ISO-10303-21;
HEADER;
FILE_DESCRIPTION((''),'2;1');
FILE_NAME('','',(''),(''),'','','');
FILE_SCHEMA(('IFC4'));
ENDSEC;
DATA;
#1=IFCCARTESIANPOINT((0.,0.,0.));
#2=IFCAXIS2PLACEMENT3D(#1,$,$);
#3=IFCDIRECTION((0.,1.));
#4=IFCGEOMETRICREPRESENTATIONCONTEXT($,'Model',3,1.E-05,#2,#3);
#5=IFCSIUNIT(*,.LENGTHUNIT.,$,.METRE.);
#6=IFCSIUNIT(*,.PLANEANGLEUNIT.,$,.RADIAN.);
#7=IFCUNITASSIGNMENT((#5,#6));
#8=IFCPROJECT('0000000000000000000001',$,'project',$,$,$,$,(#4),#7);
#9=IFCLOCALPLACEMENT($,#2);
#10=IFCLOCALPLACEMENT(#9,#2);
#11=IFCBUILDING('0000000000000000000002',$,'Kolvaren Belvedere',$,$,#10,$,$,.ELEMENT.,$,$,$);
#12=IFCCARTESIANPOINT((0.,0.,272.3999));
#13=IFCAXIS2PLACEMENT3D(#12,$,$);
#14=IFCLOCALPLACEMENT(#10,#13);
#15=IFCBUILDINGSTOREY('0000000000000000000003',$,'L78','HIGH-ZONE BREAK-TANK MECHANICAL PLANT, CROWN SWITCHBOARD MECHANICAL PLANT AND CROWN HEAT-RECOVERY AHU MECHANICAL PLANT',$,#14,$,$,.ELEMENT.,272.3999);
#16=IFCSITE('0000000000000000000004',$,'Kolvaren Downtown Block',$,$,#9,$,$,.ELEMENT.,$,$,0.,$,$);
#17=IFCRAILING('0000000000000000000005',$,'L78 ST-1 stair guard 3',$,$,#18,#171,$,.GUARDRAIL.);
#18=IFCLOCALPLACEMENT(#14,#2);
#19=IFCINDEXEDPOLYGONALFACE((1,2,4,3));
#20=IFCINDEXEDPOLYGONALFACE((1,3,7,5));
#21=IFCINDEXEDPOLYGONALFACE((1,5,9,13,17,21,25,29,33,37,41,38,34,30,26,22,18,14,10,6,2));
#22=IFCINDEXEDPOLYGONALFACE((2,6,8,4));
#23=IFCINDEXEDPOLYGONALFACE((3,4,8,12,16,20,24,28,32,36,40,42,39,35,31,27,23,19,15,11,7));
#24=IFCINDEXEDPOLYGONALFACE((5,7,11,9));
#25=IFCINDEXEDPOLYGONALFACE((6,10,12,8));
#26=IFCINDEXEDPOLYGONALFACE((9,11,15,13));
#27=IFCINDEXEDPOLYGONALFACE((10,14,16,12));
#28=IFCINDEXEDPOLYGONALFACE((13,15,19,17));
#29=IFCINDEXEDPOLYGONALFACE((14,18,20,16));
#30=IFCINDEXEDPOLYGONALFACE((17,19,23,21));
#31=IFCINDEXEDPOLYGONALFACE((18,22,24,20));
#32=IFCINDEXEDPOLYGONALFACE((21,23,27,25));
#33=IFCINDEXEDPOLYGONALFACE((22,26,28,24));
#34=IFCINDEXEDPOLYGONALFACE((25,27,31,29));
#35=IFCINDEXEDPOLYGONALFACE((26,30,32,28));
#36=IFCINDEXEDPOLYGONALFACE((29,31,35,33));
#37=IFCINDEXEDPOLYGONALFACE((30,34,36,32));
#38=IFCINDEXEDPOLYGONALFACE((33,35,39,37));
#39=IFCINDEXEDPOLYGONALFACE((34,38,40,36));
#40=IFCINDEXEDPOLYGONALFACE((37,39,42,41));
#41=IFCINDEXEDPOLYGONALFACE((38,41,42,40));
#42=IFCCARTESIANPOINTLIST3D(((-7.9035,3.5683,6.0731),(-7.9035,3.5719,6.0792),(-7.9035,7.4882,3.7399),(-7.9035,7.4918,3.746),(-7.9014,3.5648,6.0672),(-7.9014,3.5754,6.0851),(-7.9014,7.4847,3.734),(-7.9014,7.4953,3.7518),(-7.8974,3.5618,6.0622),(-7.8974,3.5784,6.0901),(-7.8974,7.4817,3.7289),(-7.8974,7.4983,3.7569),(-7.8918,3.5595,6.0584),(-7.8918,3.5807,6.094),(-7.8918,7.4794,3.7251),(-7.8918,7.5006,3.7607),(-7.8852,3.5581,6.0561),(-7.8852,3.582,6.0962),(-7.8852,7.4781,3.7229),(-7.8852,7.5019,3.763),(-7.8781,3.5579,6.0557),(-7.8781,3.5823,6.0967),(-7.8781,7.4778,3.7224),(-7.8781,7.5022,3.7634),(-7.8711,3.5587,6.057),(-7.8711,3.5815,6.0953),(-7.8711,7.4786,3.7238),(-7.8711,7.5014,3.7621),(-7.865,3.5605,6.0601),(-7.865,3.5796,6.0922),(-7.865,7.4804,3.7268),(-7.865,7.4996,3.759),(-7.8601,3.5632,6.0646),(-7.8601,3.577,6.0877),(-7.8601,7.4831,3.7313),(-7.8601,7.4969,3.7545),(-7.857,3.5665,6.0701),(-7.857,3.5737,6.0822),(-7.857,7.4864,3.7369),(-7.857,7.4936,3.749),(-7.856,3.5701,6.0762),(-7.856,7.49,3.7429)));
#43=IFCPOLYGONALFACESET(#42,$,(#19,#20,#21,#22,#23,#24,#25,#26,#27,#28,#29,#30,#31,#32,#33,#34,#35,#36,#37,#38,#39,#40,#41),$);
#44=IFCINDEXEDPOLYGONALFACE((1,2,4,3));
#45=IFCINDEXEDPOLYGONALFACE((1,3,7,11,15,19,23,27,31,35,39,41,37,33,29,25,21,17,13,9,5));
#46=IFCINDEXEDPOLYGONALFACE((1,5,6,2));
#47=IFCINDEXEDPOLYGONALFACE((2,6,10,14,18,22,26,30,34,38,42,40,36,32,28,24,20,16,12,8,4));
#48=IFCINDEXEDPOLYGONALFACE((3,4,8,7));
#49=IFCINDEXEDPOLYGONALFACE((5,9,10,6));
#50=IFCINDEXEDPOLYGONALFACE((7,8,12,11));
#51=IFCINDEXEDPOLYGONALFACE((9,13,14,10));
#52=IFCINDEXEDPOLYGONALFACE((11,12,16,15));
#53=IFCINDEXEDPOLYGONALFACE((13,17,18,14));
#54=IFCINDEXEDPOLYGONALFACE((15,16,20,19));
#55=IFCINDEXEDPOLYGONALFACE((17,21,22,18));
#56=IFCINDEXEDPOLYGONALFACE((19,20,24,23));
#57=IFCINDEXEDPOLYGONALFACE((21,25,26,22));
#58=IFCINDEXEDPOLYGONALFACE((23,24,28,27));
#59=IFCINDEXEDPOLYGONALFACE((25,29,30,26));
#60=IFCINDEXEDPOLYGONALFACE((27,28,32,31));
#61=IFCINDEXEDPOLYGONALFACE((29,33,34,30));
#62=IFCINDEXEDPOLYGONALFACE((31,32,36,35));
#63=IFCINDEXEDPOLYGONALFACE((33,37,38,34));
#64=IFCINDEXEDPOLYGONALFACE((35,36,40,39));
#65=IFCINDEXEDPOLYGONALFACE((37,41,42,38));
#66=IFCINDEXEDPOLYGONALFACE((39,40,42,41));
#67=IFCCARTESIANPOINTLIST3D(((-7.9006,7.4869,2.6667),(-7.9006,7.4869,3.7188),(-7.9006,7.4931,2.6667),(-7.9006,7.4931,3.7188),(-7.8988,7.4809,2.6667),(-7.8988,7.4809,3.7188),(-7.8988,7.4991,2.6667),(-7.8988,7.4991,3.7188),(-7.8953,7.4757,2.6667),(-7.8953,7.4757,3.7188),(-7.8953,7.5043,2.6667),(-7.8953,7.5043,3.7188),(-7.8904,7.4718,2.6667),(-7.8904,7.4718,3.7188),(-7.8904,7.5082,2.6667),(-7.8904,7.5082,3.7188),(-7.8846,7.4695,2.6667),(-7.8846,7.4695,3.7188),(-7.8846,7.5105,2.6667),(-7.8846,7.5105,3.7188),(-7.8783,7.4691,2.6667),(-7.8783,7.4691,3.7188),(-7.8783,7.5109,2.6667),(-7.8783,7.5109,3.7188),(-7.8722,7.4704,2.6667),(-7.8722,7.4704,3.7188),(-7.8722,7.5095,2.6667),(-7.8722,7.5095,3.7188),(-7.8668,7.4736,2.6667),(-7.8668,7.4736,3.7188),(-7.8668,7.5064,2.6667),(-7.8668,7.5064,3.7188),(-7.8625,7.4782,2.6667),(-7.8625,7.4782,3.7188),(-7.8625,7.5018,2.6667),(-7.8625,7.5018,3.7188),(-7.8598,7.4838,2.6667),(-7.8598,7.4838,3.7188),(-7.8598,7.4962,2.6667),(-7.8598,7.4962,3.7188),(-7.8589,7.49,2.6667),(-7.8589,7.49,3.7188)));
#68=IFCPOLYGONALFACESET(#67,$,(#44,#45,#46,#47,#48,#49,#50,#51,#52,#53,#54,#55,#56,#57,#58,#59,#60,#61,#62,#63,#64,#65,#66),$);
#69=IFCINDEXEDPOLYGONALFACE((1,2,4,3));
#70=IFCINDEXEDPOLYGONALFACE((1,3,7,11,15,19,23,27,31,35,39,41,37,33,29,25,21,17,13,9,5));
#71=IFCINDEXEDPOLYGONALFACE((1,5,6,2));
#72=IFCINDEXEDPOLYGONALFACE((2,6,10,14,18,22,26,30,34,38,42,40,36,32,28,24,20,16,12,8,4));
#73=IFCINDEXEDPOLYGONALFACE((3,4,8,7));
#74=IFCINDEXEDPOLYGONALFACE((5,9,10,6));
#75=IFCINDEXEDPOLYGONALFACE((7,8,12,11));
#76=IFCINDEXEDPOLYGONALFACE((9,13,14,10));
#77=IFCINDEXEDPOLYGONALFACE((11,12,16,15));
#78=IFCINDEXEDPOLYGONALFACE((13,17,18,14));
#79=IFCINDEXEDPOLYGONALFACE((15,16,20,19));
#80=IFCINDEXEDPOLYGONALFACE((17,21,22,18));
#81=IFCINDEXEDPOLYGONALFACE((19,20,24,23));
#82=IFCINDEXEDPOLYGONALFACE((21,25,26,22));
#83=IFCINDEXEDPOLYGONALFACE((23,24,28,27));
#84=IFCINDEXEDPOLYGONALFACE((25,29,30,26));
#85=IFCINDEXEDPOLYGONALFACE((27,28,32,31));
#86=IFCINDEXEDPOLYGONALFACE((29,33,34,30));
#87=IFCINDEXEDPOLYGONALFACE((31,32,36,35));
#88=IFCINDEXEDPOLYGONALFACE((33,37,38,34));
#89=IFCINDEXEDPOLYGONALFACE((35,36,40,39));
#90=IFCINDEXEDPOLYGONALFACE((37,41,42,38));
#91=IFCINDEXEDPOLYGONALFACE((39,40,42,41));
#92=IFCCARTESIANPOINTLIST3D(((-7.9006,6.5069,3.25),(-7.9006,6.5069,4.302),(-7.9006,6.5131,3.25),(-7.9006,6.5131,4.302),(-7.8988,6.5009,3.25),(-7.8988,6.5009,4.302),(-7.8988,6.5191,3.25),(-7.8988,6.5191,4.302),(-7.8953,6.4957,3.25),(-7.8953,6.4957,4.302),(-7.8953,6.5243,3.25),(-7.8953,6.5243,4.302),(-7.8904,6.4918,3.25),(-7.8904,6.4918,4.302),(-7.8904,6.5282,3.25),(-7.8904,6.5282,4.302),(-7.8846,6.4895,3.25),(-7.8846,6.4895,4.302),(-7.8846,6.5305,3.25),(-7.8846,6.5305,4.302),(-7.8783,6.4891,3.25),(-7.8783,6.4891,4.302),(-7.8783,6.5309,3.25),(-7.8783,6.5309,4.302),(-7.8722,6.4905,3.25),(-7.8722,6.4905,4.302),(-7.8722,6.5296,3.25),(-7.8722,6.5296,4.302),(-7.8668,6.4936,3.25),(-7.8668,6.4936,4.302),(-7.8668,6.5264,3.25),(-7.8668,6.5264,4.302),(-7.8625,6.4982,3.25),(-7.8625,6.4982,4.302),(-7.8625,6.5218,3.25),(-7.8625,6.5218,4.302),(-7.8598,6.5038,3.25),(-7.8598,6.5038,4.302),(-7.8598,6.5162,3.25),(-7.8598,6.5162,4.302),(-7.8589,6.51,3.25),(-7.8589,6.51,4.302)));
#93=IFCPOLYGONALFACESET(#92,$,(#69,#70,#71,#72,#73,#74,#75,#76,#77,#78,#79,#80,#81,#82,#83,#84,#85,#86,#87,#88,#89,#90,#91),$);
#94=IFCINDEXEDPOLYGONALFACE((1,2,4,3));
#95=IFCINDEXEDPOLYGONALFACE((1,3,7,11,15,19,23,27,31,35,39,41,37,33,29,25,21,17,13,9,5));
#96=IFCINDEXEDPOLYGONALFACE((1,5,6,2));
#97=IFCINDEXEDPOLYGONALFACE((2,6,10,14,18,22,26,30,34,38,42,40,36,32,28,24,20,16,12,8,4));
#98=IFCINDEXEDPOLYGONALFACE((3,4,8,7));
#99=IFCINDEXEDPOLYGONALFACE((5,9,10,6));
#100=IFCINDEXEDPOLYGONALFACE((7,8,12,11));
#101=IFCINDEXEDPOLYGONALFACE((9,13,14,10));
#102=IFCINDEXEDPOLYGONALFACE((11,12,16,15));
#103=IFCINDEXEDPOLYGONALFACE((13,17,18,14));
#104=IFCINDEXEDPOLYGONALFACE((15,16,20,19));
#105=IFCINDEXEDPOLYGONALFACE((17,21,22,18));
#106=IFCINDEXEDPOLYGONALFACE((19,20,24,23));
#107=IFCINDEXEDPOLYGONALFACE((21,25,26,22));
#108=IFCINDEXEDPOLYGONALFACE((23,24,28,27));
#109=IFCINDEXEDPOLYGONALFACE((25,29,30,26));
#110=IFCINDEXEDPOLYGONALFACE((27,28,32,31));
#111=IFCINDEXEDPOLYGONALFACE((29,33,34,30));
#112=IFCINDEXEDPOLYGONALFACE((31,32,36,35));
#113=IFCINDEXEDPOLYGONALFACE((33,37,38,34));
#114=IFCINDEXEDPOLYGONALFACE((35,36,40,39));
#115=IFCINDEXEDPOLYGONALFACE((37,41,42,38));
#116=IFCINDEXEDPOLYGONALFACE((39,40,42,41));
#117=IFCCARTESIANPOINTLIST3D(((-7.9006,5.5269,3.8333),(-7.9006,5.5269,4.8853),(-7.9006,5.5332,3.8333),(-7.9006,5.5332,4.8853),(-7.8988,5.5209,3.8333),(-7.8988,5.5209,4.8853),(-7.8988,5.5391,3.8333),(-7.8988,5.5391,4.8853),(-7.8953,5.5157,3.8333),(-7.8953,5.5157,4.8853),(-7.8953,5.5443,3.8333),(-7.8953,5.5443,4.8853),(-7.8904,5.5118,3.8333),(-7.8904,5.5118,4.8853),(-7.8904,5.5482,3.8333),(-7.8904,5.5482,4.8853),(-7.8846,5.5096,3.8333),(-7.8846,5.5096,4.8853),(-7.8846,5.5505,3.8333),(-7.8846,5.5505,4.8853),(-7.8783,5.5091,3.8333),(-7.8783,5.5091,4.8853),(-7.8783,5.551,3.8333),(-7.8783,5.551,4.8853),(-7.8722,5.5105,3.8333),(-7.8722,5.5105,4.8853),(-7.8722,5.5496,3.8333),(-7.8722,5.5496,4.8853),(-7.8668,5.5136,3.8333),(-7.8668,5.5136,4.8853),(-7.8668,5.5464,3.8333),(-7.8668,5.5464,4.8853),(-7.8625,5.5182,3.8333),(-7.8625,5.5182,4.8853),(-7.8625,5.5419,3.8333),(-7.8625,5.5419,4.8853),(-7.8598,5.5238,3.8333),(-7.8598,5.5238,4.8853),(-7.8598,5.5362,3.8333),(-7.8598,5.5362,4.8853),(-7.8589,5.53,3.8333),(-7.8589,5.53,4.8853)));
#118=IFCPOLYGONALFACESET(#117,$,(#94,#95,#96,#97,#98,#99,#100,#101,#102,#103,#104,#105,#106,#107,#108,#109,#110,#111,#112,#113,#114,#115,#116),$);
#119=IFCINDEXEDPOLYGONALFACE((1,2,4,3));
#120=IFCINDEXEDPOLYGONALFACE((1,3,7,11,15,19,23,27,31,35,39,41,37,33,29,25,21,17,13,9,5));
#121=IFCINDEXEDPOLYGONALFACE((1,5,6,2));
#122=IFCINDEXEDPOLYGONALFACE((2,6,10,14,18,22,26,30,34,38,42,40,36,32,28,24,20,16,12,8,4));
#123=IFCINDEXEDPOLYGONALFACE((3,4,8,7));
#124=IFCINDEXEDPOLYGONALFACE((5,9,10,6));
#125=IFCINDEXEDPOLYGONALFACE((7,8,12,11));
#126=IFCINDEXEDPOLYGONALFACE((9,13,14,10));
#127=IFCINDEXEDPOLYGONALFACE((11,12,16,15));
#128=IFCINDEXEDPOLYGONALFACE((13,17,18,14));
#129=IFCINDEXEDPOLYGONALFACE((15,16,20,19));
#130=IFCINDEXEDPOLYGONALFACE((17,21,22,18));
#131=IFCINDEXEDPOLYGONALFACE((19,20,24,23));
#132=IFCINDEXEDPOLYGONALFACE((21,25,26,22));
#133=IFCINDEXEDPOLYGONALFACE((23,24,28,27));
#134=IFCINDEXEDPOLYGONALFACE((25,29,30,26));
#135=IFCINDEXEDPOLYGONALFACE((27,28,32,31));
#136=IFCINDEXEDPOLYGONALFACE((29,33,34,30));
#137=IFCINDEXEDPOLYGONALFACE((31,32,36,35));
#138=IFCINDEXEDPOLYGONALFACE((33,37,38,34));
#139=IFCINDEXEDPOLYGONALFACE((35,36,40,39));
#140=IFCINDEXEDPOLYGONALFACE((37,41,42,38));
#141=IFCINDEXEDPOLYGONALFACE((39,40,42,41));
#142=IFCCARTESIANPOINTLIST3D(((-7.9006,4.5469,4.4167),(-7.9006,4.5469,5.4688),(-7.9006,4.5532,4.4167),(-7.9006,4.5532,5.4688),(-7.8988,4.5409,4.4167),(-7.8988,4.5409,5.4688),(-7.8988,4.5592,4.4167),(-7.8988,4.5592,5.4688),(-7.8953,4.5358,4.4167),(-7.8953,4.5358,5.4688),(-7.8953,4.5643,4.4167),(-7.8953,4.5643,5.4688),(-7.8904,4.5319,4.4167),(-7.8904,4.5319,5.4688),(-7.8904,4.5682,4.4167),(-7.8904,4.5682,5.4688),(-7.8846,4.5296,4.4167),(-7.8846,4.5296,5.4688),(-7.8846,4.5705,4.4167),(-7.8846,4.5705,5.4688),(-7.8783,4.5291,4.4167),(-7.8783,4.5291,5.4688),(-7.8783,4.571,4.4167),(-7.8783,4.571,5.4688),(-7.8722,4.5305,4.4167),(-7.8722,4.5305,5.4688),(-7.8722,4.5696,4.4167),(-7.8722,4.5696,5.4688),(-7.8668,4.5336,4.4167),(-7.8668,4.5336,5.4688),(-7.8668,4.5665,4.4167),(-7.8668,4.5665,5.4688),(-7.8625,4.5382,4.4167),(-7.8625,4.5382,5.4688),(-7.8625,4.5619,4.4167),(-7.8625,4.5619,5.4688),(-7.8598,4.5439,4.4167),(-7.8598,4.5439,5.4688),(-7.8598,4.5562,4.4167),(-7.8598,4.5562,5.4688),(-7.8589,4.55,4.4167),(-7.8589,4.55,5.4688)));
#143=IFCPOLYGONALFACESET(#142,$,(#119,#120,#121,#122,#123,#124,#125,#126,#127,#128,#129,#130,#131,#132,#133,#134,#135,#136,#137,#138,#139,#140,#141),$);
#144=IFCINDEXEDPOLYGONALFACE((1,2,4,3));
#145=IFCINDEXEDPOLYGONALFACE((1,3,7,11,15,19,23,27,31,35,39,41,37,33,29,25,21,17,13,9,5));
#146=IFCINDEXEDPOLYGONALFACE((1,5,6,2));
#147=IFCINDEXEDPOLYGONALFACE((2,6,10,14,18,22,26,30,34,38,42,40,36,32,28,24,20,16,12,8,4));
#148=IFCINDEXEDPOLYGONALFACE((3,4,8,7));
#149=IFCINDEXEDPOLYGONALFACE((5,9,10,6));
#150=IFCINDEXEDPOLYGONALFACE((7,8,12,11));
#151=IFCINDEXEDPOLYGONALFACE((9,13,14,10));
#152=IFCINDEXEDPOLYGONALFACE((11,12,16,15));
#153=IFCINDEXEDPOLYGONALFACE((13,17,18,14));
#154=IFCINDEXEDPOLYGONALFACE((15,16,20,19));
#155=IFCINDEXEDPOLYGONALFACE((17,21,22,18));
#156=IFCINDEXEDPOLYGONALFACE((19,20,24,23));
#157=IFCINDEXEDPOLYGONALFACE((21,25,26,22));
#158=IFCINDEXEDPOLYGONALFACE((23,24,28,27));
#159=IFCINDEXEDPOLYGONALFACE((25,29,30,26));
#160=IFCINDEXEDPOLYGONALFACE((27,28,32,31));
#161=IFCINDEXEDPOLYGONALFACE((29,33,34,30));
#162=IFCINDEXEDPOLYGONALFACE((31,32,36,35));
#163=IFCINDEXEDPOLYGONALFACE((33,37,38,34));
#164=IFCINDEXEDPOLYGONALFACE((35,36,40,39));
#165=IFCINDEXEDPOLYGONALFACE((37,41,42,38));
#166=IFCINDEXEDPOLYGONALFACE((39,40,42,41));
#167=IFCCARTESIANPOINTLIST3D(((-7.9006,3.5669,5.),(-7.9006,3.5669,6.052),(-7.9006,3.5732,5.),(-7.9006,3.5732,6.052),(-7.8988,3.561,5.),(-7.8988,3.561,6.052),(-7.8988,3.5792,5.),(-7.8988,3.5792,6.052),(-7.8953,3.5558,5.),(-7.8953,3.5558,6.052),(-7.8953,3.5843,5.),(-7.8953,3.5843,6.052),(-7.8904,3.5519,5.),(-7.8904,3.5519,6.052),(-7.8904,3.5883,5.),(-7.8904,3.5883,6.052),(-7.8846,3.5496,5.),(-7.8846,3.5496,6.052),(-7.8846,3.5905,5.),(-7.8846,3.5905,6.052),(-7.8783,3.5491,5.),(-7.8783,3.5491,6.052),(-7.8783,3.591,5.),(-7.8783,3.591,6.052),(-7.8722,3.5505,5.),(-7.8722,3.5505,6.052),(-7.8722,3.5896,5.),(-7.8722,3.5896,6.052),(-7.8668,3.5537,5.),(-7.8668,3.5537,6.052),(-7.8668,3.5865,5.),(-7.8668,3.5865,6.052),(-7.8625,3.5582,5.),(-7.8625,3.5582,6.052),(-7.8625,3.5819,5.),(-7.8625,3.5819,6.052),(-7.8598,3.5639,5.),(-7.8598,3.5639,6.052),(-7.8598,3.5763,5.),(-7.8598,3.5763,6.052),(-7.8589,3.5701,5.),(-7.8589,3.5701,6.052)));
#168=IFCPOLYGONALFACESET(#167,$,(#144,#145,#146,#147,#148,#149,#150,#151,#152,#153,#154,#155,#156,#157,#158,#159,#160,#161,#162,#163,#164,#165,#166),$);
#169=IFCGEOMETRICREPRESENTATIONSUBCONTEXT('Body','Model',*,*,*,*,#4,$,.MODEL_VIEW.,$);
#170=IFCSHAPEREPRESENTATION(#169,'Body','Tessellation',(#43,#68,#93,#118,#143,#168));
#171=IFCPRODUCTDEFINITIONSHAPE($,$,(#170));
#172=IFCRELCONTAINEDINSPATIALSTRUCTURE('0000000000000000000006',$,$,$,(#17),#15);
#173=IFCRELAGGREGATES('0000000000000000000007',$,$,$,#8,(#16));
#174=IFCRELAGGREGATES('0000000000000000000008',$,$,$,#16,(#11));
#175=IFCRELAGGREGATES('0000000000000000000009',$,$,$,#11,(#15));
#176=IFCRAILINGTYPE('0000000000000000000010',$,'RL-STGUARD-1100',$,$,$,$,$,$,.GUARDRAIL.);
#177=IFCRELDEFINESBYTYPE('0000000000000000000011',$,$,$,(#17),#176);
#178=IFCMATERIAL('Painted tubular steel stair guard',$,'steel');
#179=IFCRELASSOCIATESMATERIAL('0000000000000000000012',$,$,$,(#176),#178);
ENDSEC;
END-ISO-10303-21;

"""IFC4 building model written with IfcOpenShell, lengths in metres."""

from ifc_helpers import new_model, si_unit, direction, frame, origin, origin_2d, place, context, subcontext, project, spatial, circle, extrude, material, type_object, element, save


model = new_model("IFC4")

# Units and contexts
model_context = context("Model", 3, precision=1e-05, world=origin(), true_north=direction((0.0, 1.0)))
body_context = subcontext(model_context, "Body", "Model", "MODEL_VIEW")
ifc_project = project(units=[si_unit("LENGTHUNIT", "METRE"), si_unit("PLANEANGLEUNIT", "RADIAN")], contexts=[model_context])

# Site, building, storey
site_placement = place(None, origin())
site = spatial("IfcSite", under=ifc_project, at=site_placement, Name="Kolvaren Downtown Block", CompositionType="ELEMENT", RefElevation=0.0)
building_placement = place(site_placement, origin())
building = spatial("IfcBuilding", under=site, at=building_placement, Name="Kolvaren Belvedere", CompositionType="ELEMENT")
storey_placement = place(building_placement, frame((0.0, 0.0, 272.3999)))
storey = spatial("IfcBuildingStorey", under=building, at=storey_placement, Name="L78", Description="HIGH-ZONE BREAK-TANK MECHANICAL PLANT, CROWN SWITCHBOARD MECHANICAL PLANT AND CROWN HEAT-RECOVERY AHU MECHANICAL PLANT", CompositionType="ELEMENT", Elevation=272.3999)

# Railing
ifc_material_1 = material(Name="Painted tubular steel stair guard", Category="steel")
railing_type_1 = type_object("IfcRailingType", Name="RL-STGUARD-1100", PredefinedType="GUARDRAIL", material=ifc_material_1)
railing_1_placement = place(storey_placement, frame((-7.8799, 7.49, 2.6667)))
element("IfcRailing", 1, at=railing_1_placement, inside=storey, type_object=railing_type_1, Name="L78 ST-1 stair guard 3", PredefinedType="GUARDRAIL", context=body_context, shape_type="SweptSolid", body=[
    extrude(circle(Radius=0.0239, at=origin_2d()), frame((0.0, 0.0, 1.0762), z_axis=(0.0, -0.859296, 0.511478), x_axis=(1.0, 0.0, 0.0)), (0.0, 0.0, 1.0), 4.5618),
    extrude(circle(Radius=0.021, at=origin_2d()), origin(), (0.0, 0.0, 1.0), 1.052),
    extrude(circle(Radius=0.021, at=origin_2d()), frame((0.0, -0.98, 0.5833)), (0.0, 0.0, 1.0), 1.052),
    extrude(circle(Radius=0.021, at=origin_2d()), frame((0.0, -1.96, 1.1665)), (0.0, 0.0, 1.0), 1.052),
    extrude(circle(Radius=0.021, at=origin_2d()), frame((0.0, -2.9399, 1.75)), (0.0, 0.0, 1.0), 1.052),
    extrude(circle(Radius=0.021, at=origin_2d()), frame((0.0, -3.9199, 2.3333)), (0.0, 0.0, 1.0), 1.052),
])

save(model, "model.ifc")
